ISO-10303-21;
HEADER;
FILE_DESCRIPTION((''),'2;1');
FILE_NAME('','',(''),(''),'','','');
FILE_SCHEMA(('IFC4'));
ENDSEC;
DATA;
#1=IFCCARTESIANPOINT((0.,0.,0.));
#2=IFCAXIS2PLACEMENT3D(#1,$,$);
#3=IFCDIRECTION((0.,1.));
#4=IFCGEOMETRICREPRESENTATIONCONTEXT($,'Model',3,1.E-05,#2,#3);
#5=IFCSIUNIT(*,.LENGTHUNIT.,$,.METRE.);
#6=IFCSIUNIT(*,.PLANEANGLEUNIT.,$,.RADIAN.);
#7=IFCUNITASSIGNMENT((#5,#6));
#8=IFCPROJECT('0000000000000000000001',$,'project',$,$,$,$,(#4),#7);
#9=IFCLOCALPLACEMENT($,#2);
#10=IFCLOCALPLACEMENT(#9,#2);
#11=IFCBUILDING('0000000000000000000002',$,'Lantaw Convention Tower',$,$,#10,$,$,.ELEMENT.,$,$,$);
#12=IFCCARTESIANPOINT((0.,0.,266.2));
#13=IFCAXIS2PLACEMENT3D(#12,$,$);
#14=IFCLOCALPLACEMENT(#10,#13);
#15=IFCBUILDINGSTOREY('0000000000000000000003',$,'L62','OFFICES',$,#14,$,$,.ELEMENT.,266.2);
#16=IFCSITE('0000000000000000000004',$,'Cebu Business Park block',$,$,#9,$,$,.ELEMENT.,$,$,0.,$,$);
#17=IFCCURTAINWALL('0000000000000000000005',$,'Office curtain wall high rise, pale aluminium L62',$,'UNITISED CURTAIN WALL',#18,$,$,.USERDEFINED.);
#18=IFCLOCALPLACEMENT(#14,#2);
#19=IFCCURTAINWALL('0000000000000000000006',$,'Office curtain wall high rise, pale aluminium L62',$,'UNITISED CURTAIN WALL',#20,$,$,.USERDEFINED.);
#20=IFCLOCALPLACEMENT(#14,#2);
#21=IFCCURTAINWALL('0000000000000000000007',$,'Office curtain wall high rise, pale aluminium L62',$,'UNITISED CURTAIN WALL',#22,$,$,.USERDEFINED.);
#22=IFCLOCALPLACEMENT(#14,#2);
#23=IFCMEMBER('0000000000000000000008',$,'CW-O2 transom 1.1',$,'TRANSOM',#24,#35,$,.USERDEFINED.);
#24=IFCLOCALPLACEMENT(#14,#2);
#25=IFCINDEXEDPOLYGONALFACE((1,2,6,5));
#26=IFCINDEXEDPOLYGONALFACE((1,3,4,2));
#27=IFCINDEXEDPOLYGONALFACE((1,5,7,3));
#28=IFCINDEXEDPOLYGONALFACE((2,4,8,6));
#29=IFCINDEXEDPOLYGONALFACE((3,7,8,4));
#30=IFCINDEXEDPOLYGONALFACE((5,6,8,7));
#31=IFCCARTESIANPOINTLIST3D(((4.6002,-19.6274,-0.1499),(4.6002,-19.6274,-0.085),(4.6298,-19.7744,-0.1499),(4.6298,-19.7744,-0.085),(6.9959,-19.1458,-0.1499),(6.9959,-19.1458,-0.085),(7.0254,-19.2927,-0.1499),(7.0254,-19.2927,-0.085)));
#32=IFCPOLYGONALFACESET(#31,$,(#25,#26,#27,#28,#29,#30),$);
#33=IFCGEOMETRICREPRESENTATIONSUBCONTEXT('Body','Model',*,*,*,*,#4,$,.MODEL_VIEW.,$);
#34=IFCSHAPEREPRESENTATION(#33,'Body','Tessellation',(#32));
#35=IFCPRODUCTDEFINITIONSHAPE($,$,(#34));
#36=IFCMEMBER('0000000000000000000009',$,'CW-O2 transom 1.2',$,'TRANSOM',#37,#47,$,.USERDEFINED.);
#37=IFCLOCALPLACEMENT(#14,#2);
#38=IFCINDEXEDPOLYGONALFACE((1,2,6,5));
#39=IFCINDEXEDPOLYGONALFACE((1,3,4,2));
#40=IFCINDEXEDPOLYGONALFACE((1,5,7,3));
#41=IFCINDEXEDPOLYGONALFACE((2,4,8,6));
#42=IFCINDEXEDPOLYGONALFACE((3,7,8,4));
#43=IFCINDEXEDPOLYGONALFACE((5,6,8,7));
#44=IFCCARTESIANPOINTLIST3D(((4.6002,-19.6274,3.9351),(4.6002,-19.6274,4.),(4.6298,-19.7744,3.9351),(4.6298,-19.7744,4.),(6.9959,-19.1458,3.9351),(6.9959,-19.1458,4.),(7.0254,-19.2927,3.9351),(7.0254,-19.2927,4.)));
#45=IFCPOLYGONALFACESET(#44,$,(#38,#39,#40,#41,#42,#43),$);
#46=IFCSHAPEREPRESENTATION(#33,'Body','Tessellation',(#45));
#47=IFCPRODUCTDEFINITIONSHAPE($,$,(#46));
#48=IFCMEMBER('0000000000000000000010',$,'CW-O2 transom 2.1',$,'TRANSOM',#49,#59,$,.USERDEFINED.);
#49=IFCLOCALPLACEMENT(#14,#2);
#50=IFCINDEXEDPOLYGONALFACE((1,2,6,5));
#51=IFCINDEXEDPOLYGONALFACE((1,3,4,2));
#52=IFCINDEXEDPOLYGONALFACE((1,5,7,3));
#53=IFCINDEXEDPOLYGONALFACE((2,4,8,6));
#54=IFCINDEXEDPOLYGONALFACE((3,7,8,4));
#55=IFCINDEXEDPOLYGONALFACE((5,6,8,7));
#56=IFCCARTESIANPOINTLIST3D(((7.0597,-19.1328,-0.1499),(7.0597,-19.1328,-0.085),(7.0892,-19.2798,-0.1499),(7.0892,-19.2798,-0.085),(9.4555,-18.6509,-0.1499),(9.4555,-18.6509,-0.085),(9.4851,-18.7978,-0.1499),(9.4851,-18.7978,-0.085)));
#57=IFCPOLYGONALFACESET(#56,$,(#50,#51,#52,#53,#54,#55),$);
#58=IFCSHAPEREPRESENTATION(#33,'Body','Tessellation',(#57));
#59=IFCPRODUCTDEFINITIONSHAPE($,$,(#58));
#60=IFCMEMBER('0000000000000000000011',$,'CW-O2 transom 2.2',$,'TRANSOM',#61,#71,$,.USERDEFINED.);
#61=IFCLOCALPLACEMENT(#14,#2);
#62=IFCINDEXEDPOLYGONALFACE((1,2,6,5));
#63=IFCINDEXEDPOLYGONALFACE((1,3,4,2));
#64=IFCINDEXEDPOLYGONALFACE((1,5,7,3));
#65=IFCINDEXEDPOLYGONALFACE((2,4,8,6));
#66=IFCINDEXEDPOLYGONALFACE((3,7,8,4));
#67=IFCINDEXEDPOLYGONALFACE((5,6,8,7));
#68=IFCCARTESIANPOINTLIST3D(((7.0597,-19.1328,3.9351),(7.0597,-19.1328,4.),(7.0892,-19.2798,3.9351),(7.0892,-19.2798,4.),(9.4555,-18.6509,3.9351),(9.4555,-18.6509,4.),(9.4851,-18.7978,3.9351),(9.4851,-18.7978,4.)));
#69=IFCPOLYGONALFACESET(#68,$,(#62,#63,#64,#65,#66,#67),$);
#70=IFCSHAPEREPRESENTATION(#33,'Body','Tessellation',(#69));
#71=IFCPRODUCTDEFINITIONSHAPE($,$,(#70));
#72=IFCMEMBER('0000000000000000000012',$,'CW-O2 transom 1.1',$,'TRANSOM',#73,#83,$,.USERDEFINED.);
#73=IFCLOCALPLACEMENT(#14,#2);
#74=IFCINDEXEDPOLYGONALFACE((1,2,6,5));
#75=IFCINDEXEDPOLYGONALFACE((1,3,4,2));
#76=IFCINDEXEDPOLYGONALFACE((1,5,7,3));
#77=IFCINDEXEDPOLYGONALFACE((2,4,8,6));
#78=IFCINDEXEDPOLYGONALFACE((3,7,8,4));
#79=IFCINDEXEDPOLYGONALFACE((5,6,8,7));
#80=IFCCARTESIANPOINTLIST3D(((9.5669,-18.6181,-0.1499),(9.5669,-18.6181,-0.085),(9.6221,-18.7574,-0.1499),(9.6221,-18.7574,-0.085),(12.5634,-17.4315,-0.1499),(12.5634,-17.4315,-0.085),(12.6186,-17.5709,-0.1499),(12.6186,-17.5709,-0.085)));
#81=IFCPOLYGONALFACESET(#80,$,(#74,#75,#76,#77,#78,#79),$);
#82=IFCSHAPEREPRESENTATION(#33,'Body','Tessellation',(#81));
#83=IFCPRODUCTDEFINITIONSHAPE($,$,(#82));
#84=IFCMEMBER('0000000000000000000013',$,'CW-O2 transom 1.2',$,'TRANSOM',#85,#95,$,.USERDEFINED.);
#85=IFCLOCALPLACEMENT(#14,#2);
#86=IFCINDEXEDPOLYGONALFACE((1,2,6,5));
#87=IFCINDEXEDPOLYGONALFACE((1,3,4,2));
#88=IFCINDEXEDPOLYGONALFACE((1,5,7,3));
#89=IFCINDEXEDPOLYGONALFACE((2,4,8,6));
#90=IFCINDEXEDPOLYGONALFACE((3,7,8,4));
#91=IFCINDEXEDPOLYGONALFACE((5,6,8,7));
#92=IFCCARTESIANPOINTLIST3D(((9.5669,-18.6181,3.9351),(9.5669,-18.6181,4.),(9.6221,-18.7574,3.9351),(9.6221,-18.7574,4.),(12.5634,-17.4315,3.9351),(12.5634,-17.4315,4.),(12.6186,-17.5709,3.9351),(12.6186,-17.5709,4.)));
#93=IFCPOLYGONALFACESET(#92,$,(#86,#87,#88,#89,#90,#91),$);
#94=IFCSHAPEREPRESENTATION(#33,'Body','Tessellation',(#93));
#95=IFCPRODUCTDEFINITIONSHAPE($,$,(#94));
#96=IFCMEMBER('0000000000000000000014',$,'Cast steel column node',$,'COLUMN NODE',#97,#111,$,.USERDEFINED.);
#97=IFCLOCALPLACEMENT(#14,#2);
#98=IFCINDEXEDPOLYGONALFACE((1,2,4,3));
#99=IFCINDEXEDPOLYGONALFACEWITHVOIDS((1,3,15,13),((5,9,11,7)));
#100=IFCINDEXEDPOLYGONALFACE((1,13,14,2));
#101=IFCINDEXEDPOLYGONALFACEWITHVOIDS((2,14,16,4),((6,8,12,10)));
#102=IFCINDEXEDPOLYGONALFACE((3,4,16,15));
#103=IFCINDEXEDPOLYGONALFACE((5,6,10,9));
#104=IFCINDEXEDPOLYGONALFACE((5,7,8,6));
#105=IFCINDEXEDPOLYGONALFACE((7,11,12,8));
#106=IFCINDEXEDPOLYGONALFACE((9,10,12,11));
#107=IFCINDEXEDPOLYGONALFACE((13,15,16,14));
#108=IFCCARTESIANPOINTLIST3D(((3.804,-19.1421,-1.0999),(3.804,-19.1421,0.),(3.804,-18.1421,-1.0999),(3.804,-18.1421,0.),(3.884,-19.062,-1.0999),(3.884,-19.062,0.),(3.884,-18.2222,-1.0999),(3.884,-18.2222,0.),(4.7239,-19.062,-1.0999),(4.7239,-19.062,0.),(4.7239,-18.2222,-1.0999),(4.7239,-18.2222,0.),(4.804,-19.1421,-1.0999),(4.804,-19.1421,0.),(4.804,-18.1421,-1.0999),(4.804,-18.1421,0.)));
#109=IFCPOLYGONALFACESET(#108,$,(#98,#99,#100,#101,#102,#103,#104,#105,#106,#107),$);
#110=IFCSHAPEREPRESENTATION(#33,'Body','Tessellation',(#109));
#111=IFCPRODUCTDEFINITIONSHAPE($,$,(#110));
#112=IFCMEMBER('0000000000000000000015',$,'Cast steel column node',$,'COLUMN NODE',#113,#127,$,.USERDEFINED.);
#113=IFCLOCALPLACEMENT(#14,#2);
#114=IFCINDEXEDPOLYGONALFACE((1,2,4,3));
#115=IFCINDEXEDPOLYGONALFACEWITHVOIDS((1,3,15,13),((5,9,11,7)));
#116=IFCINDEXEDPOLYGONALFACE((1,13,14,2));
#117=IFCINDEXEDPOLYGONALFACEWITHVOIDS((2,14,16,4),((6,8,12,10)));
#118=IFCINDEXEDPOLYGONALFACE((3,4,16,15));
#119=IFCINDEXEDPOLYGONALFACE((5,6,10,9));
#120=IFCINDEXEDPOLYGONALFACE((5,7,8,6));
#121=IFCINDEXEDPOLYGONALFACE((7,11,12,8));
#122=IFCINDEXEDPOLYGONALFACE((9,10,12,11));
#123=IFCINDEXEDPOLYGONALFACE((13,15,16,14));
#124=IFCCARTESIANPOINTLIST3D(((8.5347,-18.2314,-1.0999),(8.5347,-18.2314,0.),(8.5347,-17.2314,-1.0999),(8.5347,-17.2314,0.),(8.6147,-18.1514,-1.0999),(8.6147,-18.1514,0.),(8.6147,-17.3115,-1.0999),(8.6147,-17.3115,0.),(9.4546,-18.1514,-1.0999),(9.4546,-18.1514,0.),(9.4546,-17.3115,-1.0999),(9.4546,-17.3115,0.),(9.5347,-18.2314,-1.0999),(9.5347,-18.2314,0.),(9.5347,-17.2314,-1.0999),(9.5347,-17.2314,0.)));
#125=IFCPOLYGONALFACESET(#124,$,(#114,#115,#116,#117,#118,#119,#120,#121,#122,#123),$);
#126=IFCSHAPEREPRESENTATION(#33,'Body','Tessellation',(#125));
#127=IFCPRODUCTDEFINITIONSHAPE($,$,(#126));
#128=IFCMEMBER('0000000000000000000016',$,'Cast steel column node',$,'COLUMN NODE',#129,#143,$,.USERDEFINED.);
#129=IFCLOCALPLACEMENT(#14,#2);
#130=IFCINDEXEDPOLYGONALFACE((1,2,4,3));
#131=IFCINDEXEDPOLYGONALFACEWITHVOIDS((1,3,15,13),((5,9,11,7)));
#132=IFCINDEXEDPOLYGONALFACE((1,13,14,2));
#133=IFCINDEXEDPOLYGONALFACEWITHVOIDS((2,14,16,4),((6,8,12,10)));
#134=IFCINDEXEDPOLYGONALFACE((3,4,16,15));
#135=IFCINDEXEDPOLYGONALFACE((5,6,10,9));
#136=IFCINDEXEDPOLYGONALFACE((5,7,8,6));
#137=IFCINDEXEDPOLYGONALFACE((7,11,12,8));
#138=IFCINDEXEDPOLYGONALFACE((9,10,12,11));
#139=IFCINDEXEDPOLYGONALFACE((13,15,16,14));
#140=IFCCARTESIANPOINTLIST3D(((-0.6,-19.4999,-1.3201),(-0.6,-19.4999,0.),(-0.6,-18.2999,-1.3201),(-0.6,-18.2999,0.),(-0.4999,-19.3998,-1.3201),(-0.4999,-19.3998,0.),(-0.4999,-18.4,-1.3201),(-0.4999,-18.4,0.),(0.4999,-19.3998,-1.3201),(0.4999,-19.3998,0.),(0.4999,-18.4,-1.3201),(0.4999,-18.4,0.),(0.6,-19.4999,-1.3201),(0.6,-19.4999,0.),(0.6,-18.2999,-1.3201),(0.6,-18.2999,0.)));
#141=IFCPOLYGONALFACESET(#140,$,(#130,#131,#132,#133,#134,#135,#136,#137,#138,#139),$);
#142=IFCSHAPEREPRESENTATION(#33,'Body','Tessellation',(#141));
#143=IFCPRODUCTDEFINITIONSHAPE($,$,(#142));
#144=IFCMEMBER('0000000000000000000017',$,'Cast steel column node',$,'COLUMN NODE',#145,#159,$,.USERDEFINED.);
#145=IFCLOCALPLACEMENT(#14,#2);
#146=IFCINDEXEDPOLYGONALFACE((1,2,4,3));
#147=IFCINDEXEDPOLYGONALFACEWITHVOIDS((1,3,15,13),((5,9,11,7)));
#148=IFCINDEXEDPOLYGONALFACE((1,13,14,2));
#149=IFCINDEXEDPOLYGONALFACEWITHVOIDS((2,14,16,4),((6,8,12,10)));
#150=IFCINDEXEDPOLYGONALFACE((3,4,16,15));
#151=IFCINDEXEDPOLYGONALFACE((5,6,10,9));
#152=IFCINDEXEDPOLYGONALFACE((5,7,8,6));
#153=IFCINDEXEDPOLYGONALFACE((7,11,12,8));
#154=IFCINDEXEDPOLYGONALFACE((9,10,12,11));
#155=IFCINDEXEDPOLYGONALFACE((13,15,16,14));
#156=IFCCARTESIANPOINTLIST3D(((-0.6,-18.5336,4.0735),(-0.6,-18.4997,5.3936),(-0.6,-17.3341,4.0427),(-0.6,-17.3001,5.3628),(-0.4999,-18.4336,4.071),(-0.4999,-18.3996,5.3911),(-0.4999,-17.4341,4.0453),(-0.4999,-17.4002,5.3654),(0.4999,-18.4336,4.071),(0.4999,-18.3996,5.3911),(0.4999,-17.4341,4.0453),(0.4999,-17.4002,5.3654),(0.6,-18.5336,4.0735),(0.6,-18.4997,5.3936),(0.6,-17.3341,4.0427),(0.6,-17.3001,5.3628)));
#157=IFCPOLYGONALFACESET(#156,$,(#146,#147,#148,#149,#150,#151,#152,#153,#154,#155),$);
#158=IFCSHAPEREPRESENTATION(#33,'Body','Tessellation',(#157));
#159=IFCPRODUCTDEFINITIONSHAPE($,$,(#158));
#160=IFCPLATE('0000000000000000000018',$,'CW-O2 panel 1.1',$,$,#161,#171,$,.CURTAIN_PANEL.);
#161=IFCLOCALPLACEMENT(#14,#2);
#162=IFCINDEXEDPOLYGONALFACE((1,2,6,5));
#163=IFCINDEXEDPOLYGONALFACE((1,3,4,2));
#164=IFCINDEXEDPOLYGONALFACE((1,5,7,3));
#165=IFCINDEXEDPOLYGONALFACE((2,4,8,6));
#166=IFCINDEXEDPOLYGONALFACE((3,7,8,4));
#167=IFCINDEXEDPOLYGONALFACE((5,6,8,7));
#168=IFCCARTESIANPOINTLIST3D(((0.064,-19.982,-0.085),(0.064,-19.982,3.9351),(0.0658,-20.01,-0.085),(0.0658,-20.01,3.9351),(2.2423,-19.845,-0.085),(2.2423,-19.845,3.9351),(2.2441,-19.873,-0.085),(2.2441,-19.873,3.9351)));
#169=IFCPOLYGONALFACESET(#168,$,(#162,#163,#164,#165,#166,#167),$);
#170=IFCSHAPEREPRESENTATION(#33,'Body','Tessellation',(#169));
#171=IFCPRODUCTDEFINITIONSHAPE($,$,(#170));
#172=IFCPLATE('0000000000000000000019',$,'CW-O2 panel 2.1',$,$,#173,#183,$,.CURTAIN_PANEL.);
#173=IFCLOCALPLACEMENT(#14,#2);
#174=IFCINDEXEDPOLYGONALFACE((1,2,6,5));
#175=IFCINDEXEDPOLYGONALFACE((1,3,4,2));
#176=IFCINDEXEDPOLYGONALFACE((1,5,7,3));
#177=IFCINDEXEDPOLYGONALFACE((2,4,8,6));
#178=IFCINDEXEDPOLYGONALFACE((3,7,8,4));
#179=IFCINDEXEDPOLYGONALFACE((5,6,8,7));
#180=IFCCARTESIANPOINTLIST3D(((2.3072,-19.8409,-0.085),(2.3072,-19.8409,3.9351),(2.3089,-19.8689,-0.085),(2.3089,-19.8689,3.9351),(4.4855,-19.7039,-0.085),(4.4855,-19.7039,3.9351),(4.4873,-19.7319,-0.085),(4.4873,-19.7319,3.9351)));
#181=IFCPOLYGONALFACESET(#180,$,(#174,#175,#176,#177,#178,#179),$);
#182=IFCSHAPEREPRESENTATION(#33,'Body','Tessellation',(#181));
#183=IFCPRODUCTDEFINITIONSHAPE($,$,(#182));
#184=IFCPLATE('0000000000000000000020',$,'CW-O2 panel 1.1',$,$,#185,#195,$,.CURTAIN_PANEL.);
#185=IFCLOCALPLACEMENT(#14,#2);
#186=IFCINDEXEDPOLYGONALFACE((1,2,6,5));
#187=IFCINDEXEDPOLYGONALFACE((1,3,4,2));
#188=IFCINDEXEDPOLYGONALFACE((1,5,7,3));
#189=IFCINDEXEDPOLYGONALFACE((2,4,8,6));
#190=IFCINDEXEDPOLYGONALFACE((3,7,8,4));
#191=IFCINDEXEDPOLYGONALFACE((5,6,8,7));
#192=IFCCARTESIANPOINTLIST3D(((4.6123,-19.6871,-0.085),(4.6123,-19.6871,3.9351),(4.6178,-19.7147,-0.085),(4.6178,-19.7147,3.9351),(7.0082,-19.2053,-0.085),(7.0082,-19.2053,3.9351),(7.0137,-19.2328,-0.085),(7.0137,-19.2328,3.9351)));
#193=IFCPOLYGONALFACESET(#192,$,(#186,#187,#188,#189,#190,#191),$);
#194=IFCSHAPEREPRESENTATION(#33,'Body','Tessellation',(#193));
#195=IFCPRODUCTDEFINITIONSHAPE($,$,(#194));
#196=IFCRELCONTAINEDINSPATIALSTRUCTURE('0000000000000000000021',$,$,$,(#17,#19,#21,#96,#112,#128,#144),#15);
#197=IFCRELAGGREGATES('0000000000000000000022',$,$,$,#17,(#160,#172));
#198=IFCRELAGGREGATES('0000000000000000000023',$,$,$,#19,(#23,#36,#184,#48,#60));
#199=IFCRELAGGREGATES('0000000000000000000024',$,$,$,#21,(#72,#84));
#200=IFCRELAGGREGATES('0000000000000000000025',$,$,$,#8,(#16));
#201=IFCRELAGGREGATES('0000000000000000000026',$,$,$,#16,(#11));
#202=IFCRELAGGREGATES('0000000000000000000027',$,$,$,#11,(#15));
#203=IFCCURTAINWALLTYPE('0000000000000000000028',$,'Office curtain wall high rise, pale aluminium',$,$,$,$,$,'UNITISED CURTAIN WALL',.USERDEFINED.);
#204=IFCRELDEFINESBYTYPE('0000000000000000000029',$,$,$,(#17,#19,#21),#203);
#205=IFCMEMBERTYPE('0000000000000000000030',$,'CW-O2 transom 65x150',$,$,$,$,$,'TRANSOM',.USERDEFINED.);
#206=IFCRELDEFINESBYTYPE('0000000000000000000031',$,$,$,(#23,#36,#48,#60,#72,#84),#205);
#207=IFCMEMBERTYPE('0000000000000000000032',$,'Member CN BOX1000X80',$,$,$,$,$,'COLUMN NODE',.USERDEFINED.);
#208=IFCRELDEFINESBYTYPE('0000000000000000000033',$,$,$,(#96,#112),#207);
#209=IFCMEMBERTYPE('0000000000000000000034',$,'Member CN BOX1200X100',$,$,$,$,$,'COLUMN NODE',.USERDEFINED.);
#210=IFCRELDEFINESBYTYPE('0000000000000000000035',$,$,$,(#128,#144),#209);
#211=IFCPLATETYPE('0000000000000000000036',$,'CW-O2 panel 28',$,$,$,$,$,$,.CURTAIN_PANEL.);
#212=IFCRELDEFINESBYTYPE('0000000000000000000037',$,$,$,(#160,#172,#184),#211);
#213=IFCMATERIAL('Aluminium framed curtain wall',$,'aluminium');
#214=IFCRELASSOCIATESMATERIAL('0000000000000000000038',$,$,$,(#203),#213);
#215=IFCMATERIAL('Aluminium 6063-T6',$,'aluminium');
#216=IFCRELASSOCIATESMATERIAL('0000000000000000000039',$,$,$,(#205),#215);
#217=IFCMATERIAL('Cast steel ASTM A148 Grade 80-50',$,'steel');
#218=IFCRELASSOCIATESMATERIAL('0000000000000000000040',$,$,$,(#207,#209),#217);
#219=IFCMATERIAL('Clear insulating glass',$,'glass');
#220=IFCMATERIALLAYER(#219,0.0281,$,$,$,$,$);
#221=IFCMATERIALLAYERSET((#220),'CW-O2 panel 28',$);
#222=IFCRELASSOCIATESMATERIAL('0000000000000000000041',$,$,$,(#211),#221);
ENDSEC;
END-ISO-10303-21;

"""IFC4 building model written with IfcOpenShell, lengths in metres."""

from ifc_helpers import new_model, si_unit, direction, frame, origin, origin_2d, place, context, subcontext, project, spatial, rectangle, hollow_rectangle, extrude, material, layer, layer_set, material_profile, profile_set, type_object, element, aggregate, save


model = new_model("IFC4")

# Units and contexts
model_context = context("Model", 3, precision=1e-05, world=origin(), true_north=direction((0.0, 1.0)))
body_context = subcontext(model_context, "Body", "Model", "MODEL_VIEW")
ifc_project = project(units=[si_unit("LENGTHUNIT", "METRE"), si_unit("PLANEANGLEUNIT", "RADIAN")], contexts=[model_context])

# Site, building, storey
site_placement = place(None, origin())
site = spatial("IfcSite", under=ifc_project, at=site_placement, Name="Cebu Business Park block", CompositionType="ELEMENT", RefElevation=0.0)
building_placement = place(site_placement, origin())
building = spatial("IfcBuilding", under=site, at=building_placement, Name="Lantaw Convention Tower", CompositionType="ELEMENT")
storey_placement = place(building_placement, frame((0.0, 0.0, 266.2)))
storey = spatial("IfcBuildingStorey", under=building, at=storey_placement, Name="L62", Description="OFFICES", CompositionType="ELEMENT", Elevation=266.2)

# Curtain walls
ifc_material_1 = material(Name="Aluminium framed curtain wall", Category="aluminium")
curtain_wall_type = type_object("IfcCurtainWallType", Name="Office curtain wall high rise, pale aluminium", ElementType="UNITISED CURTAIN WALL", PredefinedType="USERDEFINED", material=ifc_material_1)
curtain_wall_1_placement = place(storey_placement, origin())
curtain_wall_1 = element("IfcCurtainWall", 1, at=curtain_wall_1_placement, inside=storey, type_object=curtain_wall_type, Name="Office curtain wall high rise, pale aluminium L62", ObjectType="UNITISED CURTAIN WALL", PredefinedType="USERDEFINED")
ifc_material_2 = material(Name="Aluminium 6063-T6", Category="aluminium")
curtain_wall_2_placement = place(storey_placement, origin())
curtain_wall_2 = element("IfcCurtainWall", 2, at=curtain_wall_2_placement, inside=storey, type_object=curtain_wall_type, Name="Office curtain wall high rise, pale aluminium L62", ObjectType="UNITISED CURTAIN WALL", PredefinedType="USERDEFINED")

# Curtain wall
curtain_wall_3_placement = place(storey_placement, origin())
curtain_wall_3 = element("IfcCurtainWall", 3, at=curtain_wall_3_placement, inside=storey, type_object=curtain_wall_type, Name="Office curtain wall high rise, pale aluminium L62", ObjectType="UNITISED CURTAIN WALL", PredefinedType="USERDEFINED")

# Members
ifc_material_profile_1 = material_profile(ifc_material_2, rectangle(XDim=0.1499, YDim=0.0649, at=origin_2d()), Name="CW-O2 transom 65x150")
ifc_profile_set_1 = profile_set([ifc_material_profile_1], Name="Aluminium 6063-T6")
member_type_1 = type_object("IfcMemberType", Name="CW-O2 transom 65x150", ElementType="TRANSOM", PredefinedType="USERDEFINED", material=ifc_profile_set_1)
member_1_placement = place(storey_placement, frame((4.615, -19.7009, -0.1174), z_axis=(0.98038, 0.197115, 0.0), x_axis=(-0.197115, 0.98038, 0.0)))
member_1 = element("IfcMember", 4, at=member_1_placement, type_object=member_type_1, Name="CW-O2 transom 1.1", ObjectType="TRANSOM", PredefinedType="USERDEFINED", context=body_context, shape_type="SweptSolid", body=[
    extrude(rectangle(XDim=0.1499, YDim=0.0649, at=origin_2d()), origin(), (0.0, 0.0, 1.0), 2.4436),
])
member_2_placement = place(storey_placement, frame((4.615, -19.7009, 3.9675), z_axis=(0.98038, 0.197115, 0.0), x_axis=(-0.197115, 0.98038, 0.0)))
member_2 = element("IfcMember", 5, at=member_2_placement, type_object=member_type_1, Name="CW-O2 transom 1.2", ObjectType="TRANSOM", PredefinedType="USERDEFINED", context=body_context, shape_type="SweptSolid", body=[
    extrude(rectangle(XDim=0.1499, YDim=0.0649, at=origin_2d()), origin(), (0.0, 0.0, 1.0), 2.4436),
])
member_3_placement = place(storey_placement, frame((7.0745, -19.2063, -0.1174), z_axis=(0.980361, 0.197211, 0.0), x_axis=(-0.197211, 0.980361, 0.0)))
member_3 = element("IfcMember", 6, at=member_3_placement, type_object=member_type_1, Name="CW-O2 transom 2.1", ObjectType="TRANSOM", PredefinedType="USERDEFINED", context=body_context, shape_type="SweptSolid", body=[
    extrude(rectangle(XDim=0.1499, YDim=0.0649, at=origin_2d()), origin(), (0.0, 0.0, 1.0), 2.4438),
])
member_4_placement = place(storey_placement, frame((7.0745, -19.2063, 3.9675), z_axis=(0.980361, 0.197211, 0.0), x_axis=(-0.197211, 0.980361, 0.0)))
member_4 = element("IfcMember", 7, at=member_4_placement, type_object=member_type_1, Name="CW-O2 transom 2.2", ObjectType="TRANSOM", PredefinedType="USERDEFINED", context=body_context, shape_type="SweptSolid", body=[
    extrude(rectangle(XDim=0.1499, YDim=0.0649, at=origin_2d()), origin(), (0.0, 0.0, 1.0), 2.4438),
])
member_5_placement = place(storey_placement, frame((9.5945, -18.6877, -0.1174), z_axis=(0.929767, 0.368149, 0.0), x_axis=(-0.368149, 0.929767, 0.0)))
member_5 = element("IfcMember", 8, at=member_5_placement, type_object=member_type_1, Name="CW-O2 transom 1.1", ObjectType="TRANSOM", PredefinedType="USERDEFINED", context=body_context, shape_type="SweptSolid", body=[
    extrude(rectangle(XDim=0.1499, YDim=0.0649, at=origin_2d()), origin(), (0.0, 0.0, 1.0), 3.2229),
])
member_6_placement = place(storey_placement, frame((9.5945, -18.6877, 3.9675), z_axis=(0.929767, 0.368149, 0.0), x_axis=(-0.368149, 0.929767, 0.0)))
member_6 = element("IfcMember", 9, at=member_6_placement, type_object=member_type_1, Name="CW-O2 transom 1.2", ObjectType="TRANSOM", PredefinedType="USERDEFINED", context=body_context, shape_type="SweptSolid", body=[
    extrude(rectangle(XDim=0.1499, YDim=0.0649, at=origin_2d()), origin(), (0.0, 0.0, 1.0), 3.2229),
])

# Members
ifc_material_3 = material(Name="Cast steel ASTM A148 Grade 80-50", Category="steel")
ifc_material_profile_2 = material_profile(ifc_material_3, hollow_rectangle(XDim=1.0, YDim=1.0, WallThickness=0.0801, at=origin_2d()), Name="BOX1000X80")
ifc_profile_set_2 = profile_set([ifc_material_profile_2], Name="Cast steel ASTM A148 Grade 80-50")
member_type_2 = type_object("IfcMemberType", Name="Member CN BOX1000X80", ElementType="COLUMN NODE", PredefinedType="USERDEFINED", material=ifc_profile_set_2)
for number, where, z_axis, x_axis, name in (
    (10, (4.304, -18.6421, -1.0999), (0.0, 0.0, 1.0), (1.0, 0.0, 0.0), "Cast steel column node"),
    (11, (9.0347, -17.7314, -1.0999), (0.0, 0.0, 1.0), (1.0, 0.0, 0.0), "Cast steel column node"),
):
    element("IfcMember", number, at=place(storey_placement, frame(where, z_axis=z_axis, x_axis=x_axis)), inside=storey, type_object=member_type_2, Name=name, ObjectType="COLUMN NODE", PredefinedType="USERDEFINED", context=body_context, shape_type="SweptSolid", body=[
        extrude(hollow_rectangle(XDim=1.0, YDim=1.0, WallThickness=0.0801, at=origin_2d()), origin(), (0.0, 0.0, 1.0), 1.0999),
    ])
ifc_material_profile_3 = material_profile(ifc_material_3, hollow_rectangle(XDim=1.2, YDim=1.2, WallThickness=0.1001, at=origin_2d()), Name="BOX1200X100")
ifc_profile_set_3 = profile_set([ifc_material_profile_3], Name="Cast steel ASTM A148 Grade 80-50")
member_type_3 = type_object("IfcMemberType", Name="Member CN BOX1200X100", ElementType="COLUMN NODE", PredefinedType="USERDEFINED", material=ifc_profile_set_3)
member_7_placement = place(storey_placement, frame((0.0, -18.8999, -1.3201), z_axis=(0.0, 0.0, 1.0), x_axis=(1.0, 0.0, 0.0)))
element("IfcMember", 12, at=member_7_placement, inside=storey, type_object=member_type_3, Name="Cast steel column node", ObjectType="COLUMN NODE", PredefinedType="USERDEFINED", context=body_context, shape_type="SweptSolid", body=[
    extrude(hollow_rectangle(XDim=1.2, YDim=1.2, WallThickness=0.1001, at=origin_2d()), origin(), (0.0, 0.0, 1.0), 1.3201),
])
member_8_placement = place(storey_placement, frame((0.0, -17.9338, 4.0581), z_axis=(0.0, 0.025699, 0.99967), x_axis=(1.0, 0.0, 0.0)))
element("IfcMember", 13, at=member_8_placement, inside=storey, type_object=member_type_3, Name="Cast steel column node", ObjectType="COLUMN NODE", PredefinedType="USERDEFINED", context=body_context, shape_type="SweptSolid", body=[
    extrude(hollow_rectangle(XDim=1.2, YDim=1.2, WallThickness=0.1001, at=origin_2d()), origin(), (0.0, 0.0, 1.0), 1.3206),
])

# Plates
ifc_material_4 = material(Name="Clear insulating glass", Category="glass")
ifc_layer_1 = layer(ifc_material_4, 0.0281)
ifc_layer_set_1 = layer_set([ifc_layer_1], Name="CW-O2 panel 28")
plate_type_1 = type_object("IfcPlateType", Name="CW-O2 panel 28", PredefinedType="CURTAIN_PANEL", material=ifc_layer_set_1)
plate_1_placement = place(storey_placement, frame((1.1541, -19.9275, -0.085), z_axis=(0.0, 0.0, 1.0), x_axis=(0.998029, 0.062758, 0.0)))
plate_1 = element("IfcPlate", 14, at=plate_1_placement, type_object=plate_type_1, Name="CW-O2 panel 1.1", PredefinedType="CURTAIN_PANEL", context=body_context, shape_type="SweptSolid", body=[
    extrude(rectangle(XDim=2.1826, YDim=0.0281, at=origin_2d()), origin(), (0.0, 0.0, 1.0), 4.02),
])
plate_2_placement = place(storey_placement, frame((3.3972, -19.7864, -0.085), z_axis=(0.0, 0.0, 1.0), x_axis=(0.998029, 0.062758, 0.0)))
plate_2 = element("IfcPlate", 15, at=plate_2_placement, type_object=plate_type_1, Name="CW-O2 panel 2.1", PredefinedType="CURTAIN_PANEL", context=body_context, shape_type="SweptSolid", body=[
    extrude(rectangle(XDim=2.1826, YDim=0.0281, at=origin_2d()), origin(), (0.0, 0.0, 1.0), 4.02),
])
aggregate(curtain_wall_1, [plate_1, plate_2])
plate_3_placement = place(storey_placement, frame((5.813, -19.46, -0.085), z_axis=(0.0, 0.0, 1.0), x_axis=(0.980367, 0.197183, 0.0)))
plate_3 = element("IfcPlate", 16, at=plate_3_placement, type_object=plate_type_1, Name="CW-O2 panel 1.1", PredefinedType="CURTAIN_PANEL", context=body_context, shape_type="SweptSolid", body=[
    extrude(rectangle(XDim=2.4438, YDim=0.0281, at=origin_2d()), origin(), (0.0, 0.0, 1.0), 4.02),
])
aggregate(curtain_wall_2, [member_1, member_2, plate_3, member_3, member_4])
aggregate(curtain_wall_3, [member_5, member_6])

save(model, "model.ifc")
